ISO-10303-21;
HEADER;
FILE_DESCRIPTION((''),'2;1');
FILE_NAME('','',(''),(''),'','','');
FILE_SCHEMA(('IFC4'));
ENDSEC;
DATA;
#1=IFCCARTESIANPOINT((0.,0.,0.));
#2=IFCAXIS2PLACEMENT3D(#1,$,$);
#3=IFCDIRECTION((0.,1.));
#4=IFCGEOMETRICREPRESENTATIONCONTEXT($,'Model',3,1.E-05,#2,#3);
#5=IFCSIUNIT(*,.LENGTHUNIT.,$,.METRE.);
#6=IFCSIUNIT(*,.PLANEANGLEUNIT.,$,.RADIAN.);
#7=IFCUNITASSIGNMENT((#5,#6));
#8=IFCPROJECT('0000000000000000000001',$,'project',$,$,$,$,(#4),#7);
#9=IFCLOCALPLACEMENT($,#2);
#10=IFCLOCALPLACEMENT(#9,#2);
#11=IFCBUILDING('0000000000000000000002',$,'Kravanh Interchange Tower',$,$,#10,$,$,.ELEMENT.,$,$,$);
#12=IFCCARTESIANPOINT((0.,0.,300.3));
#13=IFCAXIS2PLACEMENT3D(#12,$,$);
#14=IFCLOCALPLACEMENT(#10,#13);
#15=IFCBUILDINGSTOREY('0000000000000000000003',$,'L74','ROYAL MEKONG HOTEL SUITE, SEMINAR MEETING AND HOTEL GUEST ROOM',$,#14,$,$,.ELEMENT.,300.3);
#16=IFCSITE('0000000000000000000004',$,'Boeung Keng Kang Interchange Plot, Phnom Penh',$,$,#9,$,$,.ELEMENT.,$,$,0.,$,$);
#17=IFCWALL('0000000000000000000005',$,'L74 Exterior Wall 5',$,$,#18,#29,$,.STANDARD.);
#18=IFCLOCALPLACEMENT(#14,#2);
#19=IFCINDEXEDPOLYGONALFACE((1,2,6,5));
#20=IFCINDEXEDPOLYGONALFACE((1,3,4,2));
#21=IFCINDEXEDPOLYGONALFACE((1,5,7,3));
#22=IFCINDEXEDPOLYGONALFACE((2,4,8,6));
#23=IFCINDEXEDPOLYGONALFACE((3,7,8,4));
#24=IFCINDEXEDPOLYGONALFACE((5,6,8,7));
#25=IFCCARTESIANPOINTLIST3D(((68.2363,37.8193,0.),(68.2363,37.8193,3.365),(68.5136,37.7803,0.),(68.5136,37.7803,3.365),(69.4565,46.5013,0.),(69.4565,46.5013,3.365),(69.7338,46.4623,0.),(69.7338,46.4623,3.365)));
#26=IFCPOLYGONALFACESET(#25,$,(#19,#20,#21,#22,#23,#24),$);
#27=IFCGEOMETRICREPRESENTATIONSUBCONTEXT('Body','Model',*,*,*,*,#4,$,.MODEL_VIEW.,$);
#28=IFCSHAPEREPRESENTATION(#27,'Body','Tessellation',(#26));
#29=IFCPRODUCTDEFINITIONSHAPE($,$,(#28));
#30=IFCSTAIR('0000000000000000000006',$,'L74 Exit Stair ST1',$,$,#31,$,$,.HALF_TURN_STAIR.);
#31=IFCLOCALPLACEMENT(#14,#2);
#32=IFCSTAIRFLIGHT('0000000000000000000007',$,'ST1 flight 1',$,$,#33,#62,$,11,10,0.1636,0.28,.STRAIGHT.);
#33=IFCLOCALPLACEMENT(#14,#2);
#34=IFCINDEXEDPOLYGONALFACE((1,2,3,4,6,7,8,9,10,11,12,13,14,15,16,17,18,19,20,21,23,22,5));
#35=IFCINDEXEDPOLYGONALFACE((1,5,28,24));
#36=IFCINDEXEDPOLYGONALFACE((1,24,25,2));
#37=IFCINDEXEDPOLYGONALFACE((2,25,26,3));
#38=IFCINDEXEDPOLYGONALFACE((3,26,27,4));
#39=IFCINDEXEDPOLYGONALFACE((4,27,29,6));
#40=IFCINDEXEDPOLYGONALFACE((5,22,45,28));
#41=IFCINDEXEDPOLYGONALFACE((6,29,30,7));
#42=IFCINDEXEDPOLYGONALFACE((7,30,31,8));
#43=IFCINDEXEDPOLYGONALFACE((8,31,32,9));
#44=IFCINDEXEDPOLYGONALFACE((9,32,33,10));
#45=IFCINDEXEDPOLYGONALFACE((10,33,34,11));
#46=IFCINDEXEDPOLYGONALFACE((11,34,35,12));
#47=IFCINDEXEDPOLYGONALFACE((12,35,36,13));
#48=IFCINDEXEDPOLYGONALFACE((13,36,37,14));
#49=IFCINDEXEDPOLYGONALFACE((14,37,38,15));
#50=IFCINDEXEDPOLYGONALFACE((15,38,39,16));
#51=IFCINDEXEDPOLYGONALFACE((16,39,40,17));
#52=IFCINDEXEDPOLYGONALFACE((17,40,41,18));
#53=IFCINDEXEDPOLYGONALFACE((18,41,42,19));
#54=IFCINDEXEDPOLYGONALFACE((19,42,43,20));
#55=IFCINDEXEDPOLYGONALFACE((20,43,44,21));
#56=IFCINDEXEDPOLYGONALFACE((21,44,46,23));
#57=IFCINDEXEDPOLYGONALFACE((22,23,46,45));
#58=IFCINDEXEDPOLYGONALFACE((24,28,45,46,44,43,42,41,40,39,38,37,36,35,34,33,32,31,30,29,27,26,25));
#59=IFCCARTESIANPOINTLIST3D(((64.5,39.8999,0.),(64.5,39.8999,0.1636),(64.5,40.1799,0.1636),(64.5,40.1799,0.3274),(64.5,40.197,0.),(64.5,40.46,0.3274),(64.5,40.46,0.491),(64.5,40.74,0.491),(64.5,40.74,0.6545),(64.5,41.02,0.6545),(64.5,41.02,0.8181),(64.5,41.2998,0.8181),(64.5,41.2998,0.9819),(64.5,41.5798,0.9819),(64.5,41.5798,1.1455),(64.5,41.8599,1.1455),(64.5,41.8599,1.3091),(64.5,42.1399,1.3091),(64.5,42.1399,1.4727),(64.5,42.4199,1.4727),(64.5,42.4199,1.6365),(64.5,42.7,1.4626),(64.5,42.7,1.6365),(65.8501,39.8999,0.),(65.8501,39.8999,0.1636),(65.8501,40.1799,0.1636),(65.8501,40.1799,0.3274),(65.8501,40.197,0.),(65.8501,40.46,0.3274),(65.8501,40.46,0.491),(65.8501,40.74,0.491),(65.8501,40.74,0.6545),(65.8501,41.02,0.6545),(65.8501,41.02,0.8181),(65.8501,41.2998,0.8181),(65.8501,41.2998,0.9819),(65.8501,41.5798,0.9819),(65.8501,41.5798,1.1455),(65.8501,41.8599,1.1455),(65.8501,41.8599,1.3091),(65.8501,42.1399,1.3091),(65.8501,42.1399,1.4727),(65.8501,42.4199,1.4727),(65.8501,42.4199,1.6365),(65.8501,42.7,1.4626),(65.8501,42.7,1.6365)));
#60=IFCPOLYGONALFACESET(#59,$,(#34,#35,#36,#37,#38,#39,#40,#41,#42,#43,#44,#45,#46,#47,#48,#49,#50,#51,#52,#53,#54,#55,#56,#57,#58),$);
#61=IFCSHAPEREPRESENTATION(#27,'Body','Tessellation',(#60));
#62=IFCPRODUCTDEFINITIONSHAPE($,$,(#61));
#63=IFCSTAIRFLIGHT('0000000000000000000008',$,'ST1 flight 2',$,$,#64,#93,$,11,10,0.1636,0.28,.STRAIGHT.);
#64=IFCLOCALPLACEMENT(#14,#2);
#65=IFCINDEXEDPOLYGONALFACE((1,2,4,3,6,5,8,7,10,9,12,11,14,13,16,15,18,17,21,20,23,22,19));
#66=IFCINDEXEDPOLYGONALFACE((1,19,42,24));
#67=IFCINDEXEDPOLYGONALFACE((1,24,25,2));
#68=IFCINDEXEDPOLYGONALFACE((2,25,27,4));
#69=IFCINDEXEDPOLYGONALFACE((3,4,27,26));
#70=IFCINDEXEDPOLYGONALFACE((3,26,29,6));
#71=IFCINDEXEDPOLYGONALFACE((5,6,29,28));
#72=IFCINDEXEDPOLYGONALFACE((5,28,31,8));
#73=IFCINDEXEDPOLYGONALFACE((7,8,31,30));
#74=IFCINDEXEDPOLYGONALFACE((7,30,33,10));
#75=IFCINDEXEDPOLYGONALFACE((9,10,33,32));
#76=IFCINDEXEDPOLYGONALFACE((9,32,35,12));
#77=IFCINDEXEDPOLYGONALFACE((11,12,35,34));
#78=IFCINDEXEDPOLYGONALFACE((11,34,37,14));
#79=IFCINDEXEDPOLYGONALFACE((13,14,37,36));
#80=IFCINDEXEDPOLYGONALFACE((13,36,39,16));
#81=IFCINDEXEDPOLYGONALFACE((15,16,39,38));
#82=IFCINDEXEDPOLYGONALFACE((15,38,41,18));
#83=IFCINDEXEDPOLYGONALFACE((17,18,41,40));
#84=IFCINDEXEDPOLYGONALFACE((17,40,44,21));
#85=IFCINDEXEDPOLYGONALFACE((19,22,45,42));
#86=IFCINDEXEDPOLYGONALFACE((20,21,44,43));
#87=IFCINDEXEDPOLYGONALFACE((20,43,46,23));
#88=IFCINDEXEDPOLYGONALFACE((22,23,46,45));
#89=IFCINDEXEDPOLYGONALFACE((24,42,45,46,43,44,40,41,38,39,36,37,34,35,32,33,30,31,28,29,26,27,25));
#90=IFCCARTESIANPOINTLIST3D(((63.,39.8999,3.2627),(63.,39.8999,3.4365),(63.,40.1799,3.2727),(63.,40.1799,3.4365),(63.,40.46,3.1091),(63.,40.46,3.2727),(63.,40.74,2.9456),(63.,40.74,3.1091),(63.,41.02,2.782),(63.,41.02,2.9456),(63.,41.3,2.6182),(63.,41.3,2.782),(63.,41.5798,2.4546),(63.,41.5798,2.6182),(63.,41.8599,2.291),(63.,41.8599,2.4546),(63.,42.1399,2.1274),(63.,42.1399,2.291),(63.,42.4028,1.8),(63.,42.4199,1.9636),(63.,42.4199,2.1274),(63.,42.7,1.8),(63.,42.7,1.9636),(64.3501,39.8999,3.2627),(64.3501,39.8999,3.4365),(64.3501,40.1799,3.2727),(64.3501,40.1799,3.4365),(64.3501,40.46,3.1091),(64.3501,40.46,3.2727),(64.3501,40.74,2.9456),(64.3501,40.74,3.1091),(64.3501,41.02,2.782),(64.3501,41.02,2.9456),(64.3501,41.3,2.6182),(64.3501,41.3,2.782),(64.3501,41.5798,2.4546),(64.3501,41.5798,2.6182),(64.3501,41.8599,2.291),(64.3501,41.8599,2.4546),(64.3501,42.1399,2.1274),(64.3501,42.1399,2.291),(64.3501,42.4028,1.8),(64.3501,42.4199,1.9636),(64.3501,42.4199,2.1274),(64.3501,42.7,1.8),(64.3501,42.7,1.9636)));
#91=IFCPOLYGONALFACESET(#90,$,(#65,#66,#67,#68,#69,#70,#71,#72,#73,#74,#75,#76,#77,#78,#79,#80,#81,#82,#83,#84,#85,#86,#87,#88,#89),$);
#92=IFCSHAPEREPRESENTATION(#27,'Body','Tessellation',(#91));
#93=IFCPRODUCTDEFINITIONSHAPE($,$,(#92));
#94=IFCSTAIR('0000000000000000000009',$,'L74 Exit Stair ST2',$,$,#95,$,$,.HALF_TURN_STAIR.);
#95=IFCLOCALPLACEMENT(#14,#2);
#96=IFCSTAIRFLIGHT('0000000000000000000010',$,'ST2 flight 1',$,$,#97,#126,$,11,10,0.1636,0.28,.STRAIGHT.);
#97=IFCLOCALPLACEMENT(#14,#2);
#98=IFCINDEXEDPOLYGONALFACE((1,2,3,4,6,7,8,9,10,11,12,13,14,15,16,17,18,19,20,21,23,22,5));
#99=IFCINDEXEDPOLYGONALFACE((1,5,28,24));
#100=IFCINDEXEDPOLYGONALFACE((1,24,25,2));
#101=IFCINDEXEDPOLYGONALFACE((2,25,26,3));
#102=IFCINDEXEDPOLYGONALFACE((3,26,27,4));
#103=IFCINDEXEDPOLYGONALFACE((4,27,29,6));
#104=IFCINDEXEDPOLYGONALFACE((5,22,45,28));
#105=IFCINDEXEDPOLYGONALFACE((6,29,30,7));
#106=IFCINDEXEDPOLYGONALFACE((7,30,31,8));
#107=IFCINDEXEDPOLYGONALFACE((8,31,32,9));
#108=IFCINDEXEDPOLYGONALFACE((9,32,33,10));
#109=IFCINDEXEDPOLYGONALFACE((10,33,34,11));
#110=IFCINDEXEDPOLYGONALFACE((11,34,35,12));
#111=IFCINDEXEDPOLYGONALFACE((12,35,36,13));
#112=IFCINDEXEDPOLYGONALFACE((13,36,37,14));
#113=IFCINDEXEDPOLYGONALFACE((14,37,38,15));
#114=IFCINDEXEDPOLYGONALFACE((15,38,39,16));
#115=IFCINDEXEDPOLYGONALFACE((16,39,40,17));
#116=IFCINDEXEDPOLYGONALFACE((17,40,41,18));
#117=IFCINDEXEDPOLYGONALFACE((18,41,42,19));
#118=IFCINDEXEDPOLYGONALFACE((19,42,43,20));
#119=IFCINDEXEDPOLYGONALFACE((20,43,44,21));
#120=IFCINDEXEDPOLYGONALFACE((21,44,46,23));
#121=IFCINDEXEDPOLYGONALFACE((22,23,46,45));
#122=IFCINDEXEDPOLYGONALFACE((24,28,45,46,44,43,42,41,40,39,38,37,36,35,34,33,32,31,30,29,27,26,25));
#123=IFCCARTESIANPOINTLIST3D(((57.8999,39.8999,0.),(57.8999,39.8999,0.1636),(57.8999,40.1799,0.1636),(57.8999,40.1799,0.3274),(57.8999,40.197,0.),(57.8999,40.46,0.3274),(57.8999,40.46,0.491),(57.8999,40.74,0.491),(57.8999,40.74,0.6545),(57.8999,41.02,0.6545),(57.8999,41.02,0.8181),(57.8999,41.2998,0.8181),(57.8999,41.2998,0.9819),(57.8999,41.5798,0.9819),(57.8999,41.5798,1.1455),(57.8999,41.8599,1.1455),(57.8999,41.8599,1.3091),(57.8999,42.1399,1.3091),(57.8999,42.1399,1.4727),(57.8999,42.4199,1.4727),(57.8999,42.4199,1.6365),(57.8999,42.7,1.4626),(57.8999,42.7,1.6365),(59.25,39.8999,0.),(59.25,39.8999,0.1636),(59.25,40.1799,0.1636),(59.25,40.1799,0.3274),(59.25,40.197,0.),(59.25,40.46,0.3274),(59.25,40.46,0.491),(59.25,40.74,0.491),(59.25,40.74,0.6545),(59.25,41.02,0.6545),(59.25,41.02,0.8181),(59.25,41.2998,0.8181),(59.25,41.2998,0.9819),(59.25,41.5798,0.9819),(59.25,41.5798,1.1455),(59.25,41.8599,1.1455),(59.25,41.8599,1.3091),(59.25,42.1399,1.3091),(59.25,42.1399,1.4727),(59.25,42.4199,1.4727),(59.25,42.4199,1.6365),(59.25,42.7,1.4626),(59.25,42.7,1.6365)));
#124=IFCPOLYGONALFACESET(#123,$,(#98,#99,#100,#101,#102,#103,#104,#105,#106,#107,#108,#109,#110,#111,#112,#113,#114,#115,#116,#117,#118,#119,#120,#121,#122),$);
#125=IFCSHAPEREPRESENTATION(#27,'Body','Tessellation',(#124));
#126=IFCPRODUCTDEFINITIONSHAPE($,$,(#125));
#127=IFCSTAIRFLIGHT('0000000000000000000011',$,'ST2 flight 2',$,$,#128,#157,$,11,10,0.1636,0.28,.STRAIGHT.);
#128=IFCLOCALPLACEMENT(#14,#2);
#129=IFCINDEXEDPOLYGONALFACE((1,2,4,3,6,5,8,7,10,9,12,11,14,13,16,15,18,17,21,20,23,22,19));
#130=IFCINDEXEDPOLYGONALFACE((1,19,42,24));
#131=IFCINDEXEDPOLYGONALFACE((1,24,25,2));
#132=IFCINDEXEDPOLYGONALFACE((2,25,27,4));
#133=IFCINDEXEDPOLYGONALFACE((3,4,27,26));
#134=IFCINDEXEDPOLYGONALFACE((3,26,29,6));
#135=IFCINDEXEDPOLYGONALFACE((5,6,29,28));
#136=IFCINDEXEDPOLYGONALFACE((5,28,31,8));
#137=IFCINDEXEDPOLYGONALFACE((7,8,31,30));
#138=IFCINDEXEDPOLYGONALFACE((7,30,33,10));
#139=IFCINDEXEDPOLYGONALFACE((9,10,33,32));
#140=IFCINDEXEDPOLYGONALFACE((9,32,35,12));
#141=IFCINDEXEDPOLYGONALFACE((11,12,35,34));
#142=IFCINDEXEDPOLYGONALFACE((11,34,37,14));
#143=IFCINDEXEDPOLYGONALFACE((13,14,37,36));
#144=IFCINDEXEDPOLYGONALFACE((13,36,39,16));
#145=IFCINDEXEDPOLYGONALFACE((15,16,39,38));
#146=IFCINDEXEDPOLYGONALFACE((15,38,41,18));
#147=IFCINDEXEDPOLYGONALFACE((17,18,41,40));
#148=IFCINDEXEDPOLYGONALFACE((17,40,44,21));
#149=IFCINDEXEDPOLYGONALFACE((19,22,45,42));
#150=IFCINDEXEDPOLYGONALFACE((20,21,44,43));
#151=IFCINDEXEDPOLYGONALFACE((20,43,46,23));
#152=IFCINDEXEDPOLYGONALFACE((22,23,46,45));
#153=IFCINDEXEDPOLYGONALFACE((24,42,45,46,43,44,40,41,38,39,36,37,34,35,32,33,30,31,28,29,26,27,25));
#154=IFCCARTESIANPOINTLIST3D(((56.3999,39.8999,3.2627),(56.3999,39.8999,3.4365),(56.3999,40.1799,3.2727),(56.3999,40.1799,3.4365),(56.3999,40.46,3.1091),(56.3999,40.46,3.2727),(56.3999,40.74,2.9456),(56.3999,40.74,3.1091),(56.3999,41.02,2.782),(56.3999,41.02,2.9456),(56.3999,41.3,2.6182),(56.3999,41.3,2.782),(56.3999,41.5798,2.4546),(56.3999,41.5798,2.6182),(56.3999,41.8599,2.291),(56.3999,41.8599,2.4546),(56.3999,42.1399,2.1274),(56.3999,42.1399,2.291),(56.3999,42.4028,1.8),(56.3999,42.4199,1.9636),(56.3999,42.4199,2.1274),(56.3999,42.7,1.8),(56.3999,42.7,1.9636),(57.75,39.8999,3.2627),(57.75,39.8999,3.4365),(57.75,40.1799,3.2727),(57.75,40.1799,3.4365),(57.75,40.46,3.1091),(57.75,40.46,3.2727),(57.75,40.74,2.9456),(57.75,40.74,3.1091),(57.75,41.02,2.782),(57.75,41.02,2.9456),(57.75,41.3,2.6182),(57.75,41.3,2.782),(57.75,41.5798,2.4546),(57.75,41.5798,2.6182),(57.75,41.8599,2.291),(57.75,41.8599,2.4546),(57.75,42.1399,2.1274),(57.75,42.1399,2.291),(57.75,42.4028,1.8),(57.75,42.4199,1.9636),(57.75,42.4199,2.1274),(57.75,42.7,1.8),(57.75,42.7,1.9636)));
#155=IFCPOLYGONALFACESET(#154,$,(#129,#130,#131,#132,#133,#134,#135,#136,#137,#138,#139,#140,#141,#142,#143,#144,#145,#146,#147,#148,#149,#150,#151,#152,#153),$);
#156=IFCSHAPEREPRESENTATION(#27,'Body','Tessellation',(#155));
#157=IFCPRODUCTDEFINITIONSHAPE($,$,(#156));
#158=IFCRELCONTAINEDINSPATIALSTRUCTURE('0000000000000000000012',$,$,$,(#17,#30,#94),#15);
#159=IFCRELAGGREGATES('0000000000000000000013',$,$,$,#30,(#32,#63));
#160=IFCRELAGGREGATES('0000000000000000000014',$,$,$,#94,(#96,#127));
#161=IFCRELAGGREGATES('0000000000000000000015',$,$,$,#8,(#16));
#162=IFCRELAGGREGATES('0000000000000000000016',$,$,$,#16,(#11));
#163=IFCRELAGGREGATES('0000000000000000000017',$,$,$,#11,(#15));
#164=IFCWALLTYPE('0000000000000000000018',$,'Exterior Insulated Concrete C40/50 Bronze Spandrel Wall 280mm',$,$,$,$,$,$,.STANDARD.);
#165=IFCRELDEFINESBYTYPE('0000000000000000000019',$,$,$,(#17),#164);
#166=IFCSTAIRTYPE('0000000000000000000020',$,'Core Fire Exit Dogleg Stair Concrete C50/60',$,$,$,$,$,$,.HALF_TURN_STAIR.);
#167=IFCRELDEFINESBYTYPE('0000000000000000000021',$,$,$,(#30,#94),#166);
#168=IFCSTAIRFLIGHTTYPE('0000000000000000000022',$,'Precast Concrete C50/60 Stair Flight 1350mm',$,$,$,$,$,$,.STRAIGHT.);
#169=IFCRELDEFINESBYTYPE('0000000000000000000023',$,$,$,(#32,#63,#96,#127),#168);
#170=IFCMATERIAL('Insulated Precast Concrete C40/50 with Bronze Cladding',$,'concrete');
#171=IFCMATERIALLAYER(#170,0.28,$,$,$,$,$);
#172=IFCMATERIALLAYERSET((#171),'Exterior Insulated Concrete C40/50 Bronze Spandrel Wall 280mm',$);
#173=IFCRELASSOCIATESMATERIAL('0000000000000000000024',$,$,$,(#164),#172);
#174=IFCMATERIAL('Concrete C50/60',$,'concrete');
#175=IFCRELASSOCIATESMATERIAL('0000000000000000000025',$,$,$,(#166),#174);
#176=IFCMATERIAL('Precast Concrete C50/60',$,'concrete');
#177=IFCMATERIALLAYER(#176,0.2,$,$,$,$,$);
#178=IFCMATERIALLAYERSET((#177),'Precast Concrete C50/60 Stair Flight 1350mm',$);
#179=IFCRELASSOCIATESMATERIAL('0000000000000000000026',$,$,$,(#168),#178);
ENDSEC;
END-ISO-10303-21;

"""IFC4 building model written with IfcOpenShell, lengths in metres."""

from ifc_helpers import new_model, si_unit, direction, frame, frame_2d, origin, place, context, subcontext, project, spatial, polyline, rectangle, outline, extrude, material, layer, layer_set, type_object, element, aggregate, save


model = new_model("IFC4")

# Units and contexts
model_context = context("Model", 3, precision=1e-05, world=origin(), true_north=direction((0.0, 1.0)))
body_context = subcontext(model_context, "Body", "Model", "MODEL_VIEW")
ifc_project = project(units=[si_unit("LENGTHUNIT", "METRE"), si_unit("PLANEANGLEUNIT", "RADIAN")], contexts=[model_context])

# Site, building, storey
site_placement = place(None, origin())
site = spatial("IfcSite", under=ifc_project, at=site_placement, Name="Boeung Keng Kang Interchange Plot, Phnom Penh", CompositionType="ELEMENT", RefElevation=0.0)
building_placement = place(site_placement, origin())
building = spatial("IfcBuilding", under=site, at=building_placement, Name="Kravanh Interchange Tower", CompositionType="ELEMENT")
storey_placement = place(building_placement, frame((0.0, 0.0, 300.3)))
storey = spatial("IfcBuildingStorey", under=building, at=storey_placement, Name="L74", Description="ROYAL MEKONG HOTEL SUITE, SEMINAR MEETING AND HOTEL GUEST ROOM", CompositionType="ELEMENT", Elevation=300.3)

# Wall
ifc_material_1 = material(Name="Insulated Precast Concrete C40/50 with Bronze Cladding", Category="concrete")
ifc_layer_1 = layer(ifc_material_1, 0.28)
ifc_layer_set_1 = layer_set([ifc_layer_1], Name="Exterior Insulated Concrete C40/50 Bronze Spandrel Wall 280mm")
wall_type_1 = type_object("IfcWallType", Name="Exterior Insulated Concrete C40/50 Bronze Spandrel Wall 280mm", PredefinedType="STANDARD", material=ifc_layer_set_1)
wall_1_placement = place(storey_placement, frame((69.5952, 46.4819, 0.0), z_axis=(0.0, 0.0, 1.0), x_axis=(-0.139179, -0.990267, 0.0)))
element("IfcWall", 1, at=wall_1_placement, inside=storey, type_object=wall_type_1, Name="L74 Exterior Wall 5", PredefinedType="STANDARD", context=body_context, shape_type="SweptSolid", body=[
    extrude(rectangle(XDim=8.7673, YDim=0.28, at=frame_2d((4.3838, 0.0))), origin(), (0.0, 0.0, 1.0), 3.365),
])

# Stairs, stair flights
ifc_material_2 = material(Name="Concrete C50/60", Category="concrete")
stair_type = type_object("IfcStairType", Name="Core Fire Exit Dogleg Stair Concrete C50/60", PredefinedType="HALF_TURN_STAIR", material=ifc_material_2)
stair_1_placement = place(storey_placement, origin())
stair_1 = element("IfcStair", 2, at=stair_1_placement, inside=storey, type_object=stair_type, Name="L74 Exit Stair ST1", PredefinedType="HALF_TURN_STAIR")
ifc_material_3 = material(Name="Precast Concrete C50/60", Category="concrete")
ifc_layer_2 = layer(ifc_material_3, 0.2)
ifc_layer_set_2 = layer_set([ifc_layer_2], Name="Precast Concrete C50/60 Stair Flight 1350mm")
stair_flight_type = type_object("IfcStairFlightType", Name="Precast Concrete C50/60 Stair Flight 1350mm", PredefinedType="STRAIGHT", material=ifc_layer_set_2)
stair_flight_1_placement = place(storey_placement, frame((65.175, 39.8999, 0.0), z_axis=(0.0, 0.0, 1.0), x_axis=(0.0, 1.0, 0.0)))
stair_flight_1 = element("IfcStairFlight", 3, at=stair_flight_1_placement, type_object=stair_flight_type, Name="ST1 flight 1", NumberOfRisers=11, NumberOfTreads=10, PredefinedType="STRAIGHT", RiserHeight=0.1636, TreadLength=0.28, context=body_context, shape_type="SweptSolid", body=[
    extrude(outline(polyline([(0.0, 0.0), (0.0, 0.1636), (0.28, 0.1636), (0.28, 0.3274), (0.5601, 0.3274), (0.5601, 0.491), (0.8401, 0.491), (0.8401, 0.6545), (1.1201, 0.6545), (1.1201, 0.8181), (1.3999, 0.8181), (1.3999, 0.9819), (1.6799, 0.9819), (1.6799, 1.1455), (1.96, 1.1455), (1.96, 1.3091), (2.24, 1.3091), (2.24, 1.4727), (2.52, 1.4727), (2.52, 1.6365), (2.8, 1.6365), (2.8, 1.8), (2.8, 1.4626), (0.2971, 0.0), (0.0, 0.0)])), frame((0.0, 0.675, 0.0), z_axis=(0.0, -1.0, 0.0), x_axis=(1.0, 0.0, 0.0)), (0.0, 0.0, 1.0), 1.3501),
])
stair_flight_2_placement = place(storey_placement, frame((63.675, 42.7, 1.8), z_axis=(0.0, 0.0, 1.0), x_axis=(0.0, -1.0, 0.0)))
stair_flight_2 = element("IfcStairFlight", 4, at=stair_flight_2_placement, type_object=stair_flight_type, Name="ST1 flight 2", NumberOfRisers=11, NumberOfTreads=10, PredefinedType="STRAIGHT", RiserHeight=0.1636, TreadLength=0.28, context=body_context, shape_type="SweptSolid", body=[
    extrude(outline(polyline([(0.0, 0.0), (0.0, 0.1636), (0.28, 0.1636), (0.28, 0.3274), (0.5601, 0.3274), (0.5601, 0.491), (0.8401, 0.491), (0.8401, 0.6545), (1.1201, 0.6545), (1.1201, 0.8181), (1.3999, 0.8181), (1.3999, 0.9819), (1.6799, 0.9819), (1.6799, 1.1455), (1.96, 1.1455), (1.96, 1.3091), (2.24, 1.3091), (2.24, 1.4727), (2.52, 1.4727), (2.52, 1.6365), (2.8, 1.6365), (2.8, 1.8), (2.8, 1.4626), (0.2971, 0.0), (0.0, 0.0)])), frame((0.0, 0.675, 0.0), z_axis=(0.0, -1.0, 0.0), x_axis=(1.0, 0.0, 0.0)), (0.0, 0.0, 1.0), 1.3501),
])
aggregate(stair_1, [stair_flight_1, stair_flight_2])
stair_2_placement = place(storey_placement, origin())
stair_2 = element("IfcStair", 5, at=stair_2_placement, inside=storey, type_object=stair_type, Name="L74 Exit Stair ST2", PredefinedType="HALF_TURN_STAIR")
stair_flight_3_placement = place(storey_placement, frame((58.575, 39.8999, 0.0), z_axis=(0.0, 0.0, 1.0), x_axis=(0.0, 1.0, 0.0)))
stair_flight_3 = element("IfcStairFlight", 6, at=stair_flight_3_placement, type_object=stair_flight_type, Name="ST2 flight 1", NumberOfRisers=11, NumberOfTreads=10, PredefinedType="STRAIGHT", RiserHeight=0.1636, TreadLength=0.28, context=body_context, shape_type="SweptSolid", body=[
    extrude(outline(polyline([(0.0, 0.0), (0.0, 0.1636), (0.28, 0.1636), (0.28, 0.3274), (0.5601, 0.3274), (0.5601, 0.491), (0.8401, 0.491), (0.8401, 0.6545), (1.1201, 0.6545), (1.1201, 0.8181), (1.3999, 0.8181), (1.3999, 0.9819), (1.6799, 0.9819), (1.6799, 1.1455), (1.96, 1.1455), (1.96, 1.3091), (2.24, 1.3091), (2.24, 1.4727), (2.52, 1.4727), (2.52, 1.6365), (2.8, 1.6365), (2.8, 1.8), (2.8, 1.4626), (0.2971, 0.0), (0.0, 0.0)])), frame((0.0, 0.675, 0.0), z_axis=(0.0, -1.0, 0.0), x_axis=(1.0, 0.0, 0.0)), (0.0, 0.0, 1.0), 1.3501),
])
stair_flight_4_placement = place(storey_placement, frame((57.075, 42.7, 1.8), z_axis=(0.0, 0.0, 1.0), x_axis=(0.0, -1.0, 0.0)))
stair_flight_4 = element("IfcStairFlight", 7, at=stair_flight_4_placement, type_object=stair_flight_type, Name="ST2 flight 2", NumberOfRisers=11, NumberOfTreads=10, PredefinedType="STRAIGHT", RiserHeight=0.1636, TreadLength=0.28, context=body_context, shape_type="SweptSolid", body=[
    extrude(outline(polyline([(0.0, 0.0), (0.0, 0.1636), (0.28, 0.1636), (0.28, 0.3274), (0.5601, 0.3274), (0.5601, 0.491), (0.8401, 0.491), (0.8401, 0.6545), (1.1201, 0.6545), (1.1201, 0.8181), (1.3999, 0.8181), (1.3999, 0.9819), (1.6799, 0.9819), (1.6799, 1.1455), (1.96, 1.1455), (1.96, 1.3091), (2.24, 1.3091), (2.24, 1.4727), (2.52, 1.4727), (2.52, 1.6365), (2.8, 1.6365), (2.8, 1.8), (2.8, 1.4626), (0.2971, 0.0), (0.0, 0.0)])), frame((0.0, 0.675, 0.0), z_axis=(0.0, -1.0, 0.0), x_axis=(1.0, 0.0, 0.0)), (0.0, 0.0, 1.0), 1.3501),
])
aggregate(stair_2, [stair_flight_3, stair_flight_4])

save(model, "model.ifc")
